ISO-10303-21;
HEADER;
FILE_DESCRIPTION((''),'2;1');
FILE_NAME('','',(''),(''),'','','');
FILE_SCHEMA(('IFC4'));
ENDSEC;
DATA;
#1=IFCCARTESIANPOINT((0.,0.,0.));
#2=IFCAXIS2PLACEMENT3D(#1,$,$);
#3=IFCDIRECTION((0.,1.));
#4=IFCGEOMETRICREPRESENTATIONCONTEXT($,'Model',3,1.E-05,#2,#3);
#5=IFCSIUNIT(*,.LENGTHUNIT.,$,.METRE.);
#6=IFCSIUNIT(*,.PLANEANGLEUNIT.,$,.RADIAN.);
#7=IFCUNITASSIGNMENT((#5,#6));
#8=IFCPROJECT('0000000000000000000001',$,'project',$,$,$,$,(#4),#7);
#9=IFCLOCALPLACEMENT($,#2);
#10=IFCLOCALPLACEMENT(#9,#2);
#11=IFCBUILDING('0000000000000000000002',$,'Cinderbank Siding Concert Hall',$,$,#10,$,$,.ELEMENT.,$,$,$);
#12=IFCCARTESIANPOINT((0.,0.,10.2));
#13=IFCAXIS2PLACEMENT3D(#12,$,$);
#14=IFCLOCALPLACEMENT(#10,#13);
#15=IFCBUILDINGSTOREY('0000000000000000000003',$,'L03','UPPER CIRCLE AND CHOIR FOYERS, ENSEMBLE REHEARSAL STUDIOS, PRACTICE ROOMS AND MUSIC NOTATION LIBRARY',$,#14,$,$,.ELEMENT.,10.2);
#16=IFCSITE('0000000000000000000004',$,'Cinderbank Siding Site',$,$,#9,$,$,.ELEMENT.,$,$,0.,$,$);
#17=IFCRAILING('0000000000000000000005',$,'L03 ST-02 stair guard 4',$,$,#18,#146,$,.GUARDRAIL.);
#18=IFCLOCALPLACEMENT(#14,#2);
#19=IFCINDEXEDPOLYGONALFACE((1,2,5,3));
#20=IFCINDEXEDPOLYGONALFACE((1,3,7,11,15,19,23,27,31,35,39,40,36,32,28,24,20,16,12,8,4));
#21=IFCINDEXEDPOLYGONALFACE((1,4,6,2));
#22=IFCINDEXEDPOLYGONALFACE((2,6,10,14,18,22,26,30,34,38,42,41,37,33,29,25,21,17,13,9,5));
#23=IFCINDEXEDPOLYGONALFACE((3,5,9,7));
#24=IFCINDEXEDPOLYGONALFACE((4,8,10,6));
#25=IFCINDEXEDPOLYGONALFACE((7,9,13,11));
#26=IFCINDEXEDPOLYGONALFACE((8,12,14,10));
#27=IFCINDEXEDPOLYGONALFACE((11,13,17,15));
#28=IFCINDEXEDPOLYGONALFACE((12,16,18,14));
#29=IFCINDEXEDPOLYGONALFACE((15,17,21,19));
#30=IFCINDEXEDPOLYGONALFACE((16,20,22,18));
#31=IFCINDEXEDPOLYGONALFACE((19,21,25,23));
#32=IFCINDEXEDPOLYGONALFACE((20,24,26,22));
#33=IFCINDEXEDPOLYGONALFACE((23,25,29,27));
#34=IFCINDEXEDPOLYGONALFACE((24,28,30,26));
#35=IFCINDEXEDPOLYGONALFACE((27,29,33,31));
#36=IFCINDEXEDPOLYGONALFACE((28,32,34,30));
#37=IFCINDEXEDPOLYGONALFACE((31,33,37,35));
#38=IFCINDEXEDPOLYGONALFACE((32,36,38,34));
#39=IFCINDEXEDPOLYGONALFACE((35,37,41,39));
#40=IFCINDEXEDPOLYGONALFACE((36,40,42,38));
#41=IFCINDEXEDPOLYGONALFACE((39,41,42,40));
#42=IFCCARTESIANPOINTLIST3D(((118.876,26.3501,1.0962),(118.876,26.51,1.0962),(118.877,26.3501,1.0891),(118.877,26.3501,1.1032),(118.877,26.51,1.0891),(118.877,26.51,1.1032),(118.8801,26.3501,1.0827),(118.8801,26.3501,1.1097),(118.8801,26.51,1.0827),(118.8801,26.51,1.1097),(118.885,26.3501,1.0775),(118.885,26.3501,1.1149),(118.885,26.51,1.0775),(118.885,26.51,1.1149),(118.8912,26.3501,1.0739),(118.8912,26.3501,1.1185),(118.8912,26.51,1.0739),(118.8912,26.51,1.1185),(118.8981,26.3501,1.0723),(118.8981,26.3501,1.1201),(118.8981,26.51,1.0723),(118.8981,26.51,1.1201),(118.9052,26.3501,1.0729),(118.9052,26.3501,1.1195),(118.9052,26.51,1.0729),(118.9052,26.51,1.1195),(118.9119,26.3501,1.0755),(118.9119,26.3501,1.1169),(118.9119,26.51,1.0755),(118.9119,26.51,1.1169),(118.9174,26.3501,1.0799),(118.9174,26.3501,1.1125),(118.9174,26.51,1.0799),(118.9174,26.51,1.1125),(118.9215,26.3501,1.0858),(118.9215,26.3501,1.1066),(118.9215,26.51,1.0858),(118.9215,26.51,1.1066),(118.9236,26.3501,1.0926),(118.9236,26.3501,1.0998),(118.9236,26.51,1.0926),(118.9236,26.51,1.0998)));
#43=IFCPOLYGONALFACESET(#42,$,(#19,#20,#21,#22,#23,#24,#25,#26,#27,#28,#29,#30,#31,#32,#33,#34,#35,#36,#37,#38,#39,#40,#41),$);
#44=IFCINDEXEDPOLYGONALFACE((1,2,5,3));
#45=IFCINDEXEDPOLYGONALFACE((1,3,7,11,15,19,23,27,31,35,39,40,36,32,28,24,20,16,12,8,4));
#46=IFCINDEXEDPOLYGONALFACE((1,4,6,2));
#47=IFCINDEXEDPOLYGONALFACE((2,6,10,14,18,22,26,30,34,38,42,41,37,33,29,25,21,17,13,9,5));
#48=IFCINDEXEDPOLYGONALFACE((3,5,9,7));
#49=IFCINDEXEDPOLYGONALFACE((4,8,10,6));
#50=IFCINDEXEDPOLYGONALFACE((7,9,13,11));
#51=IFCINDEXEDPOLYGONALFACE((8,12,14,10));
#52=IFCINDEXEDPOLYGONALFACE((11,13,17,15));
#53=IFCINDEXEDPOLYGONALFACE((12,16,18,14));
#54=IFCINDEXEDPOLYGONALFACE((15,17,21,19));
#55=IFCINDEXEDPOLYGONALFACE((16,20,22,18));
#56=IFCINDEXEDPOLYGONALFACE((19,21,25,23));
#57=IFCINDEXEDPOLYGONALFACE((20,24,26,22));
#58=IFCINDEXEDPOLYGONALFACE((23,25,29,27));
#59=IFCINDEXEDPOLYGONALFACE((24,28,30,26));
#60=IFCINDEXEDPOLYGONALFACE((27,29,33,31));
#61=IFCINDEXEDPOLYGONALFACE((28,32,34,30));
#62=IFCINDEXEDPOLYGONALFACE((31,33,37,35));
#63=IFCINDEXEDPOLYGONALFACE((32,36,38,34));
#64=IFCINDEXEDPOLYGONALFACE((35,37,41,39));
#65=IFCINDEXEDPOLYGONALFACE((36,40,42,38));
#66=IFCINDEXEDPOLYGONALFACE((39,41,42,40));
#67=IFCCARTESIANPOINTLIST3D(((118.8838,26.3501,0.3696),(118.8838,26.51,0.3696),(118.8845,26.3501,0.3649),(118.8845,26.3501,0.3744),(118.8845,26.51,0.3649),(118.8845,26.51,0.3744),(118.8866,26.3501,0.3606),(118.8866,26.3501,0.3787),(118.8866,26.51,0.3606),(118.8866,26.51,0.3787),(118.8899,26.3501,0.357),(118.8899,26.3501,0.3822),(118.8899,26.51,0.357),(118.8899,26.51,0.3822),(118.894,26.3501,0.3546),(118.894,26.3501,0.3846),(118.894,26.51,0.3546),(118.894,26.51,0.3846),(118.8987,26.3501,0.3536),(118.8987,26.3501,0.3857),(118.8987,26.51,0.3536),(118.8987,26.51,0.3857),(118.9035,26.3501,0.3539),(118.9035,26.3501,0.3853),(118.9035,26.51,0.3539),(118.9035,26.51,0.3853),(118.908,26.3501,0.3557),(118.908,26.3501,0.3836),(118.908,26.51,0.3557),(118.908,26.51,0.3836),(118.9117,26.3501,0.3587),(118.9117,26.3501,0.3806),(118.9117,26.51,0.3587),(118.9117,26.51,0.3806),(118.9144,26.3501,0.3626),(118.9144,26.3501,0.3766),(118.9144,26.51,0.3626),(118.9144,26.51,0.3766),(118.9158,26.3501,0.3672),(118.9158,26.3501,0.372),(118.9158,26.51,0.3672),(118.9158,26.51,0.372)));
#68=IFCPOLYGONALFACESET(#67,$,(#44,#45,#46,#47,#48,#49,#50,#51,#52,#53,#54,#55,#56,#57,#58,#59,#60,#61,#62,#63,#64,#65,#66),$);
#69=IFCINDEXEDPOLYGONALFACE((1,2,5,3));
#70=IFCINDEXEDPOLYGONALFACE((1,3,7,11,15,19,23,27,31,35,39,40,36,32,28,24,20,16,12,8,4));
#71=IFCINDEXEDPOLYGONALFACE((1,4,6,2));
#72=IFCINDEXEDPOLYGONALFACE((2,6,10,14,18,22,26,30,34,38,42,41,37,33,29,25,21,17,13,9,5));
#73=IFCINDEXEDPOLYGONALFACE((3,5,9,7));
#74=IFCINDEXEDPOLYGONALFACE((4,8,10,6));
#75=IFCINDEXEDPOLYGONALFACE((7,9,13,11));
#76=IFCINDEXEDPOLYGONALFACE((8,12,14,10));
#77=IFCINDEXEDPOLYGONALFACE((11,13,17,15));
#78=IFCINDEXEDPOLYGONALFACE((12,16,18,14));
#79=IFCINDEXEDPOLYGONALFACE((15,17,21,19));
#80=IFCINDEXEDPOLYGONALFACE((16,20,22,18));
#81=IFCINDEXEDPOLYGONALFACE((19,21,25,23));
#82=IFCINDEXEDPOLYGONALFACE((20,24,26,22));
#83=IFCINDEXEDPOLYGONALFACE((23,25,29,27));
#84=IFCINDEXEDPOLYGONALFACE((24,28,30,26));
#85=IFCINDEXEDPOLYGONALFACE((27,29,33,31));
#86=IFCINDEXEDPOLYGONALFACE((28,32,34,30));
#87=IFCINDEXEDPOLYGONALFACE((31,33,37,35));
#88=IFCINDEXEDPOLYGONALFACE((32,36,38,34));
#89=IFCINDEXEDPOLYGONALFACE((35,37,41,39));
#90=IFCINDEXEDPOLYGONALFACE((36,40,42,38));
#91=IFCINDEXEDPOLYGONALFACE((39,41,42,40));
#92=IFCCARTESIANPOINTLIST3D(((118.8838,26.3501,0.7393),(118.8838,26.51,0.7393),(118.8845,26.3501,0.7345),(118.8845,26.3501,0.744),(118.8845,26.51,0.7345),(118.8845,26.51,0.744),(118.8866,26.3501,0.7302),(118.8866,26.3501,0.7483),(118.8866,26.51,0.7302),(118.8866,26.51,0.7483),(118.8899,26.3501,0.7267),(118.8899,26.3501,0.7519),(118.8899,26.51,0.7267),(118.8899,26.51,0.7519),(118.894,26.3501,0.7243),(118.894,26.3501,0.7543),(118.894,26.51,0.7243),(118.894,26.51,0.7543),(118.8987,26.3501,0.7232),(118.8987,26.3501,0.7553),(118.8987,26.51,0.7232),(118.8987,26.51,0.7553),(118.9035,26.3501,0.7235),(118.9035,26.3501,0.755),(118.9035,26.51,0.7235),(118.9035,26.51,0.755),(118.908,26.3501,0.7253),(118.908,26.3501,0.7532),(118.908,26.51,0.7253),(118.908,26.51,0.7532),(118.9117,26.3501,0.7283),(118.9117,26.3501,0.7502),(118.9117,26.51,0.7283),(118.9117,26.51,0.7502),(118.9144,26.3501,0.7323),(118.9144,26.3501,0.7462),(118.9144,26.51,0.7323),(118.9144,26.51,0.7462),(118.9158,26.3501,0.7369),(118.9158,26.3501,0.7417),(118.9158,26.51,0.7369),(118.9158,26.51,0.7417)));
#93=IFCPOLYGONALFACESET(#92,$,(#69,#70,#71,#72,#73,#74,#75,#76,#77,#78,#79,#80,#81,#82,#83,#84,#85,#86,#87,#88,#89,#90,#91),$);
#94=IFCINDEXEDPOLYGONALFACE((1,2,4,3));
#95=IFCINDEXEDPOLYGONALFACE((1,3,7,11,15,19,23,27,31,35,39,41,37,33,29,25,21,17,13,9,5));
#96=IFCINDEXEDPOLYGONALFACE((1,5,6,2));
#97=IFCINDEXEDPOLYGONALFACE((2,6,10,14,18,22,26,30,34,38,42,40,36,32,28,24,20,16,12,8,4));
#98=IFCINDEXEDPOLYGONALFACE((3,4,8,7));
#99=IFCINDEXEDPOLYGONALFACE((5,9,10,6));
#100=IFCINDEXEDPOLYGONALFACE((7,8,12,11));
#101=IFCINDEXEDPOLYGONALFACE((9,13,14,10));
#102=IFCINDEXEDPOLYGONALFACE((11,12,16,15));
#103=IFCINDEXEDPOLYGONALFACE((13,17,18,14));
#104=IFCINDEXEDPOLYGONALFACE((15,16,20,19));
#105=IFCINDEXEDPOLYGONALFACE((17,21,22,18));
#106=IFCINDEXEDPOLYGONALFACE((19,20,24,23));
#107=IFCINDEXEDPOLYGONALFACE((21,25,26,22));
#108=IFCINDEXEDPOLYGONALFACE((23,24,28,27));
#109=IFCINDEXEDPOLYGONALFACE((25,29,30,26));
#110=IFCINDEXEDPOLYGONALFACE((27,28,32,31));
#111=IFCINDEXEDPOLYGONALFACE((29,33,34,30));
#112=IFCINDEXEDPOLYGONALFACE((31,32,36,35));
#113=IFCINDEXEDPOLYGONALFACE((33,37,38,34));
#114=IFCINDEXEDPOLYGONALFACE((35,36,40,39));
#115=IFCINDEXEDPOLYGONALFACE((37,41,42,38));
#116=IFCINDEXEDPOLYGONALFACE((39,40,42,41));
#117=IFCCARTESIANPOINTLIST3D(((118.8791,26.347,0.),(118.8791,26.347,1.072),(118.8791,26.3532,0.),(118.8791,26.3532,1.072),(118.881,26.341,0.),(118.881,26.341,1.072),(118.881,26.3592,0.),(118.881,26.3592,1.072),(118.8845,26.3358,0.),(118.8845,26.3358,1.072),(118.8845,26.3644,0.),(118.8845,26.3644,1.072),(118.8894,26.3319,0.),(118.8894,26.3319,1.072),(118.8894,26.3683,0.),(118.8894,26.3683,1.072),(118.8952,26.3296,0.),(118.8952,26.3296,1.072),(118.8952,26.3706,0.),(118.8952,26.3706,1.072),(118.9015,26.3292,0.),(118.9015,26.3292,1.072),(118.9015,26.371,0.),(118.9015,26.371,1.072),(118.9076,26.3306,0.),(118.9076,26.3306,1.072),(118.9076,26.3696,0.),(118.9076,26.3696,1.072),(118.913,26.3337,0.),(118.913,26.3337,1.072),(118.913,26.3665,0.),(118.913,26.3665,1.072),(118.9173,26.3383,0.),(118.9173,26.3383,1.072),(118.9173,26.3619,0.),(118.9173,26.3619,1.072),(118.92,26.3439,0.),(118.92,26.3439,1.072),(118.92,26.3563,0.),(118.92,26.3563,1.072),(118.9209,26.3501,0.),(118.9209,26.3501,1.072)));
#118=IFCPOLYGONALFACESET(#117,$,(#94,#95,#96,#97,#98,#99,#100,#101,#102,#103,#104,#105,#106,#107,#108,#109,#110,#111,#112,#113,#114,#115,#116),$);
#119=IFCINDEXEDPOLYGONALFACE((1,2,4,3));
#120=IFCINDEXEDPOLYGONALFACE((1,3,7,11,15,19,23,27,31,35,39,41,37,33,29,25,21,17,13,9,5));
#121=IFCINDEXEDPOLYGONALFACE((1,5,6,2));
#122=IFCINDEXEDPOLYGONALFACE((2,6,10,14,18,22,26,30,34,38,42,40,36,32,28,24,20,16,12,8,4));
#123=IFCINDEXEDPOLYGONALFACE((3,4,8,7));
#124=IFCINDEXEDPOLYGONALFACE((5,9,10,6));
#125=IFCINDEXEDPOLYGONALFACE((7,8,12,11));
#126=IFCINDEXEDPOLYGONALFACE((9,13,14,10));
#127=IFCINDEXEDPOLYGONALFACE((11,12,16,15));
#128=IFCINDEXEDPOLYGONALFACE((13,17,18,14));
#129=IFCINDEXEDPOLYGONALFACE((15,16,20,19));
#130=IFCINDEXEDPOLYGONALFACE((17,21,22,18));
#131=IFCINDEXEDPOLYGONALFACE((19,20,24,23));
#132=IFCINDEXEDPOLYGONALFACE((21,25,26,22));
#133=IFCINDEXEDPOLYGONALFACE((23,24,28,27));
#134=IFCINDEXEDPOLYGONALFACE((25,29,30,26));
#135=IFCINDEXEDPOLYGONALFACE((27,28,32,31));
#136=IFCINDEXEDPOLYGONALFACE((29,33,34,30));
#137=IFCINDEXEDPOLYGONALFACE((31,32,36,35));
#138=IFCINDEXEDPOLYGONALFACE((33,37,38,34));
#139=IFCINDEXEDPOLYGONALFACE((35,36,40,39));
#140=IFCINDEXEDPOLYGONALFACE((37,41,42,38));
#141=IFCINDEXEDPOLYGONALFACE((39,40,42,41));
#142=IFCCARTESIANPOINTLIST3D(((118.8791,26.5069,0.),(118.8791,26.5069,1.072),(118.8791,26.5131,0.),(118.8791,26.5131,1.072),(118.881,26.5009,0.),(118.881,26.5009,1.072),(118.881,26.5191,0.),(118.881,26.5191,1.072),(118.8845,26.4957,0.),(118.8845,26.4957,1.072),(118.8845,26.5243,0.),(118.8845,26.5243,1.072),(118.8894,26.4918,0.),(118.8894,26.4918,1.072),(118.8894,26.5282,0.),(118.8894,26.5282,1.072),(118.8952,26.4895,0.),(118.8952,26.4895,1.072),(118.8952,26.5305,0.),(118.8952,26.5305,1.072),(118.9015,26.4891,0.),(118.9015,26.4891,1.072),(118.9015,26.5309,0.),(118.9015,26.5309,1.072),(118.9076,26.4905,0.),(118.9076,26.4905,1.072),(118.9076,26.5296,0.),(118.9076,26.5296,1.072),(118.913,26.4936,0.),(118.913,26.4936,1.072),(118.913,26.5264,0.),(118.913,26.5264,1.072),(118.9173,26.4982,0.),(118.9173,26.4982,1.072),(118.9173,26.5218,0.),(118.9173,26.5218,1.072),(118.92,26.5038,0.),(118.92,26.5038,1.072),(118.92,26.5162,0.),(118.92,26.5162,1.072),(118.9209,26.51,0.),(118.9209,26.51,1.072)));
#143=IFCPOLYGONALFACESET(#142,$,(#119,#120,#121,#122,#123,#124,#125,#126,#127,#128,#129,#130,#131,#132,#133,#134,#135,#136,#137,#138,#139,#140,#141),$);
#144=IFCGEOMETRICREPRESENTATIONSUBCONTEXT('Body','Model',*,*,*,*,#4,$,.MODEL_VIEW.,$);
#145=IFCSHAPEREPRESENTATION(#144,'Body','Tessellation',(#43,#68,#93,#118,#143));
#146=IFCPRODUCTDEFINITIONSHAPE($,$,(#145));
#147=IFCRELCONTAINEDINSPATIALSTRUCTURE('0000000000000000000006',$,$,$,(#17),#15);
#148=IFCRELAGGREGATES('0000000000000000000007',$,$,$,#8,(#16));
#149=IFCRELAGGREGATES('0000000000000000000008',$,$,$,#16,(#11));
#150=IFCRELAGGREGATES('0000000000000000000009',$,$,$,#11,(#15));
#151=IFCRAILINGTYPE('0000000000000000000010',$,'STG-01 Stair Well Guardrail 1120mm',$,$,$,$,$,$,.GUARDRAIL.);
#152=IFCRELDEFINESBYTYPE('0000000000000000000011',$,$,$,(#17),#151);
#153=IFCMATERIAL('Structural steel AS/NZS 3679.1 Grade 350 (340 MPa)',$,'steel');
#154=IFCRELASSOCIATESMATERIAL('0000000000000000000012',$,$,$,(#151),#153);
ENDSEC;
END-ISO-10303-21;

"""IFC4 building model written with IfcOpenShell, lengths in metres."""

from ifc_helpers import new_model, si_unit, direction, frame, origin, origin_2d, place, context, subcontext, project, spatial, circle, extrude, material, type_object, element, save


model = new_model("IFC4")

# Units and contexts
model_context = context("Model", 3, precision=1e-05, world=origin(), true_north=direction((0.0, 1.0)))
body_context = subcontext(model_context, "Body", "Model", "MODEL_VIEW")
ifc_project = project(units=[si_unit("LENGTHUNIT", "METRE"), si_unit("PLANEANGLEUNIT", "RADIAN")], contexts=[model_context])

# Site, building, storey
site_placement = place(None, origin())
site = spatial("IfcSite", under=ifc_project, at=site_placement, Name="Cinderbank Siding Site", CompositionType="ELEMENT", RefElevation=0.0)
building_placement = place(site_placement, origin())
building = spatial("IfcBuilding", under=site, at=building_placement, Name="Cinderbank Siding Concert Hall", CompositionType="ELEMENT")
storey_placement = place(building_placement, frame((0.0, 0.0, 10.2)))
storey = spatial("IfcBuildingStorey", under=building, at=storey_placement, Name="L03", Description="UPPER CIRCLE AND CHOIR FOYERS, ENSEMBLE REHEARSAL STUDIOS, PRACTICE ROOMS AND MUSIC NOTATION LIBRARY", CompositionType="ELEMENT", Elevation=10.2)

# Shared definitions
ifc_material_1 = material(Name="Structural steel AS/NZS 3679.1 Grade 350 (340 MPa)", Category="steel")

# Railing
railing_type_1 = type_object("IfcRailingType", Name="STG-01 Stair Well Guardrail 1120mm", PredefinedType="GUARDRAIL", material=ifc_material_1)
railing_1_placement = place(storey_placement, frame((118.8999, 26.3501, 0.0)))
element("IfcRailing", 1, at=railing_1_placement, inside=storey, type_object=railing_type_1, Name="L03 ST-02 stair guard 4", PredefinedType="GUARDRAIL", context=body_context, shape_type="SweptSolid", body=[
    extrude(circle(Radius=0.0239, at=origin_2d()), frame((0.0, 0.0, 1.0962), z_axis=(0.0, 1.0, 0.0), x_axis=(-1.0, 0.0, 0.0)), (0.0, 0.0, 1.0), 0.1599),
    extrude(circle(Radius=0.0161, at=origin_2d()), frame((0.0, 0.0, 0.3696), z_axis=(0.0, 1.0, 0.0), x_axis=(-1.0, 0.0, 0.0)), (0.0, 0.0, 1.0), 0.1599),
    extrude(circle(Radius=0.0161, at=origin_2d()), frame((0.0, 0.0, 0.7393), z_axis=(0.0, 1.0, 0.0), x_axis=(-1.0, 0.0, 0.0)), (0.0, 0.0, 1.0), 0.1599),
    extrude(circle(Radius=0.021, at=origin_2d()), origin(), (0.0, 0.0, 1.0), 1.072),
    extrude(circle(Radius=0.021, at=origin_2d()), frame((0.0, 0.1599, 0.0)), (0.0, 0.0, 1.0), 1.072),
])

save(model, "model.ifc")
